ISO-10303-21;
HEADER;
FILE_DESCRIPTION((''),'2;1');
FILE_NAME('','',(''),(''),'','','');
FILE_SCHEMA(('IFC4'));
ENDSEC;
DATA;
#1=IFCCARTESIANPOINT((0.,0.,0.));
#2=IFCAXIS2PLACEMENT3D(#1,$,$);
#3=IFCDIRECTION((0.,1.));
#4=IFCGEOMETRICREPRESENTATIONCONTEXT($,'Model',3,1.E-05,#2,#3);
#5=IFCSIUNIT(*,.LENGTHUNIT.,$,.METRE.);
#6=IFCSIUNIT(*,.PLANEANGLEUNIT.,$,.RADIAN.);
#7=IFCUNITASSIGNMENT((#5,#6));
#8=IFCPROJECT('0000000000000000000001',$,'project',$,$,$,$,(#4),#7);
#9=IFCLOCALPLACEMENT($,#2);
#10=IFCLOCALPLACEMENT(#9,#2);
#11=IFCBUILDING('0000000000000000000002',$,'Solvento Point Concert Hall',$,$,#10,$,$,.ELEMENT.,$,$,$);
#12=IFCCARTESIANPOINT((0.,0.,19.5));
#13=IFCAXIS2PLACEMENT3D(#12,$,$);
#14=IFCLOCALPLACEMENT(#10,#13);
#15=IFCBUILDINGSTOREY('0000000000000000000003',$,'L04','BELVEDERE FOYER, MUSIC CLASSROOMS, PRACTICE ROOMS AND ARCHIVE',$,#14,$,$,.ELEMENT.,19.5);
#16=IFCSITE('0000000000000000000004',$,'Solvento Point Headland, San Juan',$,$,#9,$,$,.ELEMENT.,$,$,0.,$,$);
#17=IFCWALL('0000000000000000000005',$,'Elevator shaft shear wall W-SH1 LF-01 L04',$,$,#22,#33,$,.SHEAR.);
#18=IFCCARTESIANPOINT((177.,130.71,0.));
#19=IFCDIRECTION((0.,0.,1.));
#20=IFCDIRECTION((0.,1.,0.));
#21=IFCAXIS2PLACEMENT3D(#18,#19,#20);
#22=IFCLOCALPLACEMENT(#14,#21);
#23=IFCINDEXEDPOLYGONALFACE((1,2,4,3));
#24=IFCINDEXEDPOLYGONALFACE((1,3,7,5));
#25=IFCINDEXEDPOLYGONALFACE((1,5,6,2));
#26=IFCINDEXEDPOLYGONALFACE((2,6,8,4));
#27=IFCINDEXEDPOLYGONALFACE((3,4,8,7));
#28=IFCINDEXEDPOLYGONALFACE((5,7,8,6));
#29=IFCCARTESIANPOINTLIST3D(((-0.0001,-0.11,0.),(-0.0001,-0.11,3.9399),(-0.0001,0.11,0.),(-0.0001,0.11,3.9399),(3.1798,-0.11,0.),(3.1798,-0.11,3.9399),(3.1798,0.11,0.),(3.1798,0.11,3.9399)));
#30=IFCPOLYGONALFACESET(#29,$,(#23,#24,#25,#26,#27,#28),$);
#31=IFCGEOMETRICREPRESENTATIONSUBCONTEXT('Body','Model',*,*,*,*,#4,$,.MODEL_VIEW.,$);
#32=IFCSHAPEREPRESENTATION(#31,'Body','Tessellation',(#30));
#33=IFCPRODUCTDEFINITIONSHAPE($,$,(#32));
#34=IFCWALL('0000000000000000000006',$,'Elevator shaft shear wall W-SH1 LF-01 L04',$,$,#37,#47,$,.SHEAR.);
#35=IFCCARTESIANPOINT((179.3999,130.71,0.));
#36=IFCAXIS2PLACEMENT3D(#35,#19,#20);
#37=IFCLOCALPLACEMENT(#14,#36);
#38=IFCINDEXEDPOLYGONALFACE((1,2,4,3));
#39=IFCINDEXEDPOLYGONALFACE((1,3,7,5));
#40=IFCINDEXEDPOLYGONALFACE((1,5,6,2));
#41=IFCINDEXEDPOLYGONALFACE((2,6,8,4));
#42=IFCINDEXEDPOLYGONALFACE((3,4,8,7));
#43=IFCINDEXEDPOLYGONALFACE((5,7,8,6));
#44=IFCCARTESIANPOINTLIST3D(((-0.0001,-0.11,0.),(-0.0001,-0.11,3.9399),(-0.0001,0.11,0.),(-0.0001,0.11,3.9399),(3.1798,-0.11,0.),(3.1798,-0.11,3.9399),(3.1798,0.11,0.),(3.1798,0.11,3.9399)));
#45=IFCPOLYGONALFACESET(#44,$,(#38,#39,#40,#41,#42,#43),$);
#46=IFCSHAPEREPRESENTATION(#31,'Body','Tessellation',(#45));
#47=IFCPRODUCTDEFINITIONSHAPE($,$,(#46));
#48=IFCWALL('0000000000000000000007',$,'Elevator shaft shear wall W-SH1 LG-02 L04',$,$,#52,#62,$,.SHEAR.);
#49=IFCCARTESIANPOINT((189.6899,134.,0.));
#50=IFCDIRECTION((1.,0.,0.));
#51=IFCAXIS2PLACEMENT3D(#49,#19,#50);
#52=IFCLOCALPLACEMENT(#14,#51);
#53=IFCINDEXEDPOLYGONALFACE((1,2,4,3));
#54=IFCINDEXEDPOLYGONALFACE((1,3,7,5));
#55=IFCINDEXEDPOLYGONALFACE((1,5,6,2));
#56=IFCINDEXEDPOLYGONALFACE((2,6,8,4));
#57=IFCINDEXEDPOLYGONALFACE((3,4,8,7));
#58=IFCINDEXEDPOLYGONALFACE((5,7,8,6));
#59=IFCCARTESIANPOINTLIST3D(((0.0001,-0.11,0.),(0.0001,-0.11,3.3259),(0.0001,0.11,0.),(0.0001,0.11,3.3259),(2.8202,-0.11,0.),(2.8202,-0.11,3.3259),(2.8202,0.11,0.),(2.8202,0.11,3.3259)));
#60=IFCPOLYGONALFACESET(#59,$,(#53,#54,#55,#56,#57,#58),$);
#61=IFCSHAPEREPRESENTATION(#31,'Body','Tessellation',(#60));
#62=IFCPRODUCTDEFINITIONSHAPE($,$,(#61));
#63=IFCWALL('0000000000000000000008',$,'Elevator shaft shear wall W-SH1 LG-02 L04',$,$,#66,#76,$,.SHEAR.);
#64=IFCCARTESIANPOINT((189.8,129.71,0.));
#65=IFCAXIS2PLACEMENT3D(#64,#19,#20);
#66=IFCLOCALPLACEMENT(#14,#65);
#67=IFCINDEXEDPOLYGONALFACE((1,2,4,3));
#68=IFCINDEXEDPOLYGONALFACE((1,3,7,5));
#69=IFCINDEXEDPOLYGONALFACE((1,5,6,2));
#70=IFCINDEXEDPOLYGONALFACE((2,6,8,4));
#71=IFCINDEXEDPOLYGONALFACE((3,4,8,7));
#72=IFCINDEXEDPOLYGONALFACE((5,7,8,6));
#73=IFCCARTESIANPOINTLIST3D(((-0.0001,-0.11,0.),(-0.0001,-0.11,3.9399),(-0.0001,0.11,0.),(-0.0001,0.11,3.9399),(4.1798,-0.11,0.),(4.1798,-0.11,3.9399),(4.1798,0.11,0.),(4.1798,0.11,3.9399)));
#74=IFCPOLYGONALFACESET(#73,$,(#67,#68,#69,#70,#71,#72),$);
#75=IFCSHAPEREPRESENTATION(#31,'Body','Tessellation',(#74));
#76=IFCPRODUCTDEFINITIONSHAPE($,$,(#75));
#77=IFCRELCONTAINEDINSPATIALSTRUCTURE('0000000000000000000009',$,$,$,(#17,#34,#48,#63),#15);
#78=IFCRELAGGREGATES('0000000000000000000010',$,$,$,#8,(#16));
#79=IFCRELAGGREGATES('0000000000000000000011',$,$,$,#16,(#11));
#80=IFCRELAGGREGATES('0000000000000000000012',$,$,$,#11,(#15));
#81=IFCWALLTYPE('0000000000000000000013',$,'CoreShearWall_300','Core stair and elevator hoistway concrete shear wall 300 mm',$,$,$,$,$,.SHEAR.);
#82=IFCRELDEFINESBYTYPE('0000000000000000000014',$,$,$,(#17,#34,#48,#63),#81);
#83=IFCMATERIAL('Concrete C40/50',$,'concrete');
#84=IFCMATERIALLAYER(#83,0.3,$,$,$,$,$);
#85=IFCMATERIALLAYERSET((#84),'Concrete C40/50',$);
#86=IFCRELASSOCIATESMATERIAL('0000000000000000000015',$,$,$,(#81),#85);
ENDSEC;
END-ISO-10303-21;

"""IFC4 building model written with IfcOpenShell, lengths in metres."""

from ifc_helpers import new_model, si_unit, direction, frame, frame_2d, origin, place, context, subcontext, project, spatial, rectangle, extrude, material, layer, layer_set, type_object, element, save


model = new_model("IFC4")

# Units and contexts
model_context = context("Model", 3, precision=1e-05, world=origin(), true_north=direction((0.0, 1.0)))
body_context = subcontext(model_context, "Body", "Model", "MODEL_VIEW")
ifc_project = project(units=[si_unit("LENGTHUNIT", "METRE"), si_unit("PLANEANGLEUNIT", "RADIAN")], contexts=[model_context])

# Site, building, storey
site_placement = place(None, origin())
site = spatial("IfcSite", under=ifc_project, at=site_placement, Name="Solvento Point Headland, San Juan", CompositionType="ELEMENT", RefElevation=0.0)
building_placement = place(site_placement, origin())
building = spatial("IfcBuilding", under=site, at=building_placement, Name="Solvento Point Concert Hall", CompositionType="ELEMENT")
storey_placement = place(building_placement, frame((0.0, 0.0, 19.5)))
storey = spatial("IfcBuildingStorey", under=building, at=storey_placement, Name="L04", Description="BELVEDERE FOYER, MUSIC CLASSROOMS, PRACTICE ROOMS AND ARCHIVE", CompositionType="ELEMENT", Elevation=19.5)

# Shared definitions
ifc_material_1 = material(Name="Concrete C40/50", Category="concrete")
ifc_layer_1 = layer(ifc_material_1, 0.3)
ifc_layer_set_1 = layer_set([ifc_layer_1], Name="Concrete C40/50")
wall_type_1 = type_object("IfcWallType", Name="CoreShearWall_300", Description="Core stair and elevator hoistway concrete shear wall 300 mm", PredefinedType="SHEAR", material=ifc_layer_set_1)

# Walls
for number, where, z_axis, x_axis, name in (
    (1, (177.0, 130.71, 0.0), (0.0, 0.0, 1.0), (0.0, 1.0, 0.0), "Elevator shaft shear wall W-SH1 LF-01 L04"),
    (2, (179.3999, 130.71, 0.0), (0.0, 0.0, 1.0), (0.0, 1.0, 0.0), "Elevator shaft shear wall W-SH1 LF-01 L04"),
):
    element("IfcWall", number, at=place(storey_placement, frame(where, z_axis=z_axis, x_axis=x_axis)), inside=storey, type_object=wall_type_1, Name=name, PredefinedType="SHEAR", context=body_context, shape_type="SweptSolid", body=[
        extrude(rectangle(XDim=3.1799, YDim=0.22, at=frame_2d((1.5898, 0.0))), origin(), (0.0, 0.0, 1.0), 3.9399),
    ])
wall_1_placement = place(storey_placement, frame((189.6899, 134.0, 0.0), z_axis=(0.0, 0.0, 1.0), x_axis=(1.0, 0.0, 0.0)))
element("IfcWall", 3, at=wall_1_placement, inside=storey, type_object=wall_type_1, Name="Elevator shaft shear wall W-SH1 LG-02 L04", PredefinedType="SHEAR", context=body_context, shape_type="SweptSolid", body=[
    extrude(rectangle(XDim=2.8201, YDim=0.22, at=frame_2d((1.4102, 0.0))), origin(), (0.0, 0.0, 1.0), 3.3259),
])
wall_2_placement = place(storey_placement, frame((189.8, 129.71, 0.0), z_axis=(0.0, 0.0, 1.0), x_axis=(0.0, 1.0, 0.0)))
element("IfcWall", 4, at=wall_2_placement, inside=storey, type_object=wall_type_1, Name="Elevator shaft shear wall W-SH1 LG-02 L04", PredefinedType="SHEAR", context=body_context, shape_type="SweptSolid", body=[
    extrude(rectangle(XDim=4.1799, YDim=0.22, at=frame_2d((2.0898, 0.0))), origin(), (0.0, 0.0, 1.0), 3.9399),
])

save(model, "model.ifc")
